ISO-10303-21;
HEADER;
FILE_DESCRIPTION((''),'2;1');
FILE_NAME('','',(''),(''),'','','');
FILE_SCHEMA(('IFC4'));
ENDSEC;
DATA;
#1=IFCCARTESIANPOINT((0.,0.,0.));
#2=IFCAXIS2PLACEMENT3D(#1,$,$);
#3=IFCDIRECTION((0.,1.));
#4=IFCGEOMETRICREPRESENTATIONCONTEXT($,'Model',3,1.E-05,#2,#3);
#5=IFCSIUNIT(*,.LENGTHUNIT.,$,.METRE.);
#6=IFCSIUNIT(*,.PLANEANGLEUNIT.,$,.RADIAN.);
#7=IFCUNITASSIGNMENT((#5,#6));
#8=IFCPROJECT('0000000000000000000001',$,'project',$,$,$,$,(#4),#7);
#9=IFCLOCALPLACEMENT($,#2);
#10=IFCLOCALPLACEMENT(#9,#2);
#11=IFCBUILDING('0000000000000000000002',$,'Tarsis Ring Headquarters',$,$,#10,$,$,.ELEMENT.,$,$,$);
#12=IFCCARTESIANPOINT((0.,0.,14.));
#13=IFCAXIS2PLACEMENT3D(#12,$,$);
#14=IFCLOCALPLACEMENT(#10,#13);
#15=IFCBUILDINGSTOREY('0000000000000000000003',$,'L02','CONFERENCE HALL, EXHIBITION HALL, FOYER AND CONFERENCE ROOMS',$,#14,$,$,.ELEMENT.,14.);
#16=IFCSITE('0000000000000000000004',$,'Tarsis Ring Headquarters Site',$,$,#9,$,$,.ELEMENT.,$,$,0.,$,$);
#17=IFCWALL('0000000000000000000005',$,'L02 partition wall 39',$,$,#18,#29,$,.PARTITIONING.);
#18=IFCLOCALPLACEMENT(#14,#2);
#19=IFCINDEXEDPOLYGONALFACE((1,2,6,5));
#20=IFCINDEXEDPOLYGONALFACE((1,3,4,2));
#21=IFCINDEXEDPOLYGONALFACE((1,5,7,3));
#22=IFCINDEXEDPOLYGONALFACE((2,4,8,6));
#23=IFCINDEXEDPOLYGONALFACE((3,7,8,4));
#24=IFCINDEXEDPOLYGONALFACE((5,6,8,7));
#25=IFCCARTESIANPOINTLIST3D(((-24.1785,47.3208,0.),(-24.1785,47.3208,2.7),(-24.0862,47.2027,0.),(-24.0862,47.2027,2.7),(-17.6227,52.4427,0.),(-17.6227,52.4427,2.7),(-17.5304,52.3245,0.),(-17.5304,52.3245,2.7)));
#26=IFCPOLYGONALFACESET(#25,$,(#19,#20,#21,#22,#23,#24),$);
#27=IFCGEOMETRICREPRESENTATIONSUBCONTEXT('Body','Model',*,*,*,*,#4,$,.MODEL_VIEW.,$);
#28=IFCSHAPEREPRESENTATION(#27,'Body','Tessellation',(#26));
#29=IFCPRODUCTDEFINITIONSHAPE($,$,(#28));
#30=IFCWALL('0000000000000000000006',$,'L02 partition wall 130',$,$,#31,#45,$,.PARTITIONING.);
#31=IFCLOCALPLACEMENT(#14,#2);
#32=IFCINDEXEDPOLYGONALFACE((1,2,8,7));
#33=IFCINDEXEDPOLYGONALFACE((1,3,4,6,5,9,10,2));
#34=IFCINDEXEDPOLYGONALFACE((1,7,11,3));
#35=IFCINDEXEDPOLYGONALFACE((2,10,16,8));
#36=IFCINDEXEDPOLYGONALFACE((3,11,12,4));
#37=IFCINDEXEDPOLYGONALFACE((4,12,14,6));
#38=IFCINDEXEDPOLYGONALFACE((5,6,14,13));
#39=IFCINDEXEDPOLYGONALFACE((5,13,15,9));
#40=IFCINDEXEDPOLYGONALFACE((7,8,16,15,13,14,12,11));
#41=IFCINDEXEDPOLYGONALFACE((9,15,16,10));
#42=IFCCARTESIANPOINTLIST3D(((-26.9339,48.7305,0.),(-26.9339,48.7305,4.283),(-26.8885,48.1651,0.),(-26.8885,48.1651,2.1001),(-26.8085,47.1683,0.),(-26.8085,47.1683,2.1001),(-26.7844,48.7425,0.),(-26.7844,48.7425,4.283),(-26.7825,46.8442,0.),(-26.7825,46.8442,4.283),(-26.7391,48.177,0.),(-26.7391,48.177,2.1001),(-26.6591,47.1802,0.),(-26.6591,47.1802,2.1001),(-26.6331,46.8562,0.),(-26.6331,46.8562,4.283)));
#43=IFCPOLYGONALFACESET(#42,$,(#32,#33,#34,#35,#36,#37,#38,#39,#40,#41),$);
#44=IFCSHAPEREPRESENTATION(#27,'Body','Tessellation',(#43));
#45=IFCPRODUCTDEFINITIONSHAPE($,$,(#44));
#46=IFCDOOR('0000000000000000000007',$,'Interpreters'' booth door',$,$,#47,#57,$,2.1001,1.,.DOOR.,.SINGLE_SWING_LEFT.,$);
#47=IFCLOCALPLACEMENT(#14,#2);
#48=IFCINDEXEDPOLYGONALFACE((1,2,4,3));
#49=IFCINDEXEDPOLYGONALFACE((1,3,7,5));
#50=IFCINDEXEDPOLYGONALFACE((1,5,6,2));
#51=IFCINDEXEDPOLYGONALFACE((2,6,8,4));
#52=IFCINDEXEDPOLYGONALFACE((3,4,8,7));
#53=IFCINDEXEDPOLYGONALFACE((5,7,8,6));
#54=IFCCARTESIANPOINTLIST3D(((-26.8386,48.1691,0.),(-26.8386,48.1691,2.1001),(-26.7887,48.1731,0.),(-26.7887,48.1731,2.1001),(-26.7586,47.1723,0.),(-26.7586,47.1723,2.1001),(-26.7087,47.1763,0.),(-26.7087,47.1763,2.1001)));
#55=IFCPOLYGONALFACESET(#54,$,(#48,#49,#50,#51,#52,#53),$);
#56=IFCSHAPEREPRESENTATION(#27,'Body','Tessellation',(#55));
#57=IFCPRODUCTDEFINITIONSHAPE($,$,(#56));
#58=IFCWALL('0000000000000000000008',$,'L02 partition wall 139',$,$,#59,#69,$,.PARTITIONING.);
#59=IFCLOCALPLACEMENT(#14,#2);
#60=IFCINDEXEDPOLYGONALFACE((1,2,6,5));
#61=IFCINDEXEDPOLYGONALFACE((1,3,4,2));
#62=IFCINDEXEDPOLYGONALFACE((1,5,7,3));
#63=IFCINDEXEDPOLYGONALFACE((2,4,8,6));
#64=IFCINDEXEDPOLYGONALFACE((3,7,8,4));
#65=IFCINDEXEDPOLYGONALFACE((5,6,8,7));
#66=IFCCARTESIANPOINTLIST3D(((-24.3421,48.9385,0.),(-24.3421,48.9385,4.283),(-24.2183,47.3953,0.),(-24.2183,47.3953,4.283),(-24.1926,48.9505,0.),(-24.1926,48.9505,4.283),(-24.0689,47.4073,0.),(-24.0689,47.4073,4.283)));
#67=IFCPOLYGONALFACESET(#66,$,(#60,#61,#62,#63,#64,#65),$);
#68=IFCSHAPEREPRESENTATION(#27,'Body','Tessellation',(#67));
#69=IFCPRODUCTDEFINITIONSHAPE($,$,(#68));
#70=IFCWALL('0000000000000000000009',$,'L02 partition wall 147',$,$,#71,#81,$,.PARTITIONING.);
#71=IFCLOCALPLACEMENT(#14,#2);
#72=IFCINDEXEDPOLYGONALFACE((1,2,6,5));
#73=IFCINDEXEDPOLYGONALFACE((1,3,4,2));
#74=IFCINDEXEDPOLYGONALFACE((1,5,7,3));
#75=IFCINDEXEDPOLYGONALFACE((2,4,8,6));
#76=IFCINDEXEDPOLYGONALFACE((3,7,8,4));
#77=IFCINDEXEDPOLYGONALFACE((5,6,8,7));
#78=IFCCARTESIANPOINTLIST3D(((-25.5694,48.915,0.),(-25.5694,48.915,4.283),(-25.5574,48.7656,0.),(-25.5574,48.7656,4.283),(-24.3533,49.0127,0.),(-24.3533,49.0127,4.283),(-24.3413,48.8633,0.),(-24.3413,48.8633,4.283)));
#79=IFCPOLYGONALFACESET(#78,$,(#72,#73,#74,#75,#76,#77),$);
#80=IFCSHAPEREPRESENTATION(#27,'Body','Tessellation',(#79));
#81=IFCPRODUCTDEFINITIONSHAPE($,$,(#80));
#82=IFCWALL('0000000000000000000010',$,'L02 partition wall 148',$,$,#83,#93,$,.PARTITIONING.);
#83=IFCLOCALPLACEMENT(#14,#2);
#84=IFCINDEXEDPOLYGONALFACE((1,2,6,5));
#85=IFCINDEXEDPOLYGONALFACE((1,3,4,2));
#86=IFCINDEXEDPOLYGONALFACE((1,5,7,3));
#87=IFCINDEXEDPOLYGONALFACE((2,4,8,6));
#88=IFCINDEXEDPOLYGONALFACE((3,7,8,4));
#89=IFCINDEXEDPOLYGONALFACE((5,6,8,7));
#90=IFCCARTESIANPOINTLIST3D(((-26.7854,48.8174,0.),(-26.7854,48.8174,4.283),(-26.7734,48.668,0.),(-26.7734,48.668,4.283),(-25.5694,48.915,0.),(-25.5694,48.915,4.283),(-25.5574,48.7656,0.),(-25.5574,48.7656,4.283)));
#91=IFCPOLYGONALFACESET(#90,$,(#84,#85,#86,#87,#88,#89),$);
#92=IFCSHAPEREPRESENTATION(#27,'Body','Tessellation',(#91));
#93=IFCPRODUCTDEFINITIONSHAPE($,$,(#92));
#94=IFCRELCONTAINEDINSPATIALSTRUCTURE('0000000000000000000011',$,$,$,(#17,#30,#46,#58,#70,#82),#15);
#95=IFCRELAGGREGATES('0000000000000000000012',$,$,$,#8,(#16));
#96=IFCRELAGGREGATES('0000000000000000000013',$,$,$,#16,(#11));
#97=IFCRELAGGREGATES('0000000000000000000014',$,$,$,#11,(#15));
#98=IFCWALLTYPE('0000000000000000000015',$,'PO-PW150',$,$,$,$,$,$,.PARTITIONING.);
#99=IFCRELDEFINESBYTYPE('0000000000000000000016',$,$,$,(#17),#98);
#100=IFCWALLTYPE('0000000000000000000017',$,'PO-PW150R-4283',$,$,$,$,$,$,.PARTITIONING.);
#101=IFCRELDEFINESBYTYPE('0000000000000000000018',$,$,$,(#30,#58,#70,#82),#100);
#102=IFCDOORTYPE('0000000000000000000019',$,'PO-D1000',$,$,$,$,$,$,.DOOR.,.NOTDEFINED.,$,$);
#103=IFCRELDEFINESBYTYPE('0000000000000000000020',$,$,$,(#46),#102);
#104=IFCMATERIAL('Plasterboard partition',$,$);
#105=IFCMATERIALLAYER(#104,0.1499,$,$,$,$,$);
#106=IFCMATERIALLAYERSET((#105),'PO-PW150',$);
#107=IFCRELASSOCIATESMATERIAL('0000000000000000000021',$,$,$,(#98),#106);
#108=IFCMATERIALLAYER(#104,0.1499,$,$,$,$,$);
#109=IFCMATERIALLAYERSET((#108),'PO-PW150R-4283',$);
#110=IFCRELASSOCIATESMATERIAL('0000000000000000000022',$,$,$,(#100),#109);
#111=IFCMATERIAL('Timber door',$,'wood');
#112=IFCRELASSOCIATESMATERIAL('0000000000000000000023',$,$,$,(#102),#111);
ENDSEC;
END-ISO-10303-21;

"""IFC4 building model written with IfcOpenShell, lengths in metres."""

from ifc_helpers import new_model, si_unit, direction, frame, frame_2d, origin, place, context, subcontext, project, spatial, rectangle, extrude, material, layer, layer_set, type_object, element, fill, save


model = new_model("IFC4")

# Units and contexts
model_context = context("Model", 3, precision=1e-05, world=origin(), true_north=direction((0.0, 1.0)))
body_context = subcontext(model_context, "Body", "Model", "MODEL_VIEW")
ifc_project = project(units=[si_unit("LENGTHUNIT", "METRE"), si_unit("PLANEANGLEUNIT", "RADIAN")], contexts=[model_context])

# Site, building, storey
site_placement = place(None, origin())
site = spatial("IfcSite", under=ifc_project, at=site_placement, Name="Tarsis Ring Headquarters Site", CompositionType="ELEMENT", RefElevation=0.0)
building_placement = place(site_placement, origin())
building = spatial("IfcBuilding", under=site, at=building_placement, Name="Tarsis Ring Headquarters", CompositionType="ELEMENT")
storey_placement = place(building_placement, frame((0.0, 0.0, 14.0)))
storey = spatial("IfcBuildingStorey", under=building, at=storey_placement, Name="L02", Description="CONFERENCE HALL, EXHIBITION HALL, FOYER AND CONFERENCE ROOMS", CompositionType="ELEMENT", Elevation=14.0)

# Wall
ifc_material_1 = material(Name="Plasterboard partition")
ifc_layer_1 = layer(ifc_material_1, 0.1499)
ifc_layer_set_1 = layer_set([ifc_layer_1], Name="PO-PW150")
wall_type_1 = type_object("IfcWallType", Name="PO-PW150", PredefinedType="PARTITIONING", material=ifc_layer_set_1)
wall_1_placement = place(storey_placement, frame((-24.1323, 47.2617, 0.0), z_axis=(0.0, 0.0, 1.0), x_axis=(0.788012, 0.61566, 0.0)))
element("IfcWall", 1, at=wall_1_placement, inside=storey, type_object=wall_type_1, Name="L02 partition wall 39", PredefinedType="PARTITIONING", context=body_context, shape_type="SweptSolid", body=[
    extrude(rectangle(XDim=8.3193, YDim=0.1499, at=frame_2d((4.1597, 0.0))), origin(), (0.0, 0.0, 1.0), 2.7),
])

# Wall, opening, door
ifc_layer_2 = layer(ifc_material_1, 0.1499)
ifc_layer_set_2 = layer_set([ifc_layer_2], Name="PO-PW150R-4283")
wall_type_2 = type_object("IfcWallType", Name="PO-PW150R-4283", PredefinedType="PARTITIONING", material=ifc_layer_set_2)
wall_2_placement = place(storey_placement, frame((-26.7078, 46.8501, 0.0), z_axis=(0.0, 0.0, 1.0), x_axis=(-0.079991, 0.996796, 0.0)))
wall_2 = element("IfcWall", 2, at=wall_2_placement, inside=storey, type_object=wall_type_2, Name="L02 partition wall 130", PredefinedType="PARTITIONING", context=body_context, shape_type="SweptSolid", body=[
    extrude(rectangle(XDim=1.8923, YDim=0.1499, at=frame_2d((0.9463, 0.0))), origin(), (0.0, 0.0, 1.0), 4.283),
])
opening_1_placement = place(wall_2_placement, frame((0.3252, 0.0, 0.0)))
opening_1 = element("IfcOpeningElement", 3, at=opening_1_placement, cuts=wall_2, PredefinedType="OPENING", context=body_context, shape_type="SweptSolid", body=[
    extrude(rectangle(XDim=1.0, YDim=2.1001, at=frame_2d((0.5, 1.05))), frame((0.0, 0.085, 0.0), z_axis=(0.0, -1.0, 0.0), x_axis=(1.0, 0.0, 0.0)), (0.0, 0.0, 1.0), 0.1699),
])
ifc_material_2 = material(Name="Timber door", Category="wood")
door_type = type_object("IfcDoorType", Name="PO-D1000", OperationType="NOTDEFINED", PredefinedType="DOOR", material=ifc_material_2)
door_placement = place(opening_1_placement, origin())
door = element("IfcDoor", 4, at=door_placement, inside=storey, type_object=door_type, Name="Interpreters' booth door", OperationType="SINGLE_SWING_LEFT", OverallHeight=2.1001, OverallWidth=1.0, PredefinedType="DOOR", context=body_context, shape_type="SweptSolid", body=[
    extrude(rectangle(XDim=1.0, YDim=2.1001, at=frame_2d((0.5, 1.05))), frame((0.0, 0.0249, 0.0), z_axis=(0.0, -1.0, 0.0), x_axis=(1.0, 0.0, 0.0)), (0.0, 0.0, 1.0), 0.05),
])
fill(opening_1, door)

# Walls
wall_3_placement = place(storey_placement, frame((-24.2673, 48.9443, 0.0), z_axis=(0.0, 0.0, 1.0), x_axis=(0.079952, -0.996799, 0.0)))
element("IfcWall", 5, at=wall_3_placement, inside=storey, type_object=wall_type_2, Name="L02 partition wall 139", PredefinedType="PARTITIONING", context=body_context, shape_type="SweptSolid", body=[
    extrude(rectangle(XDim=1.5481, YDim=0.1499, at=frame_2d((0.7739, 0.0))), origin(), (0.0, 0.0, 1.0), 4.283),
])
for number, where, z_axis, x_axis, name in (
    (6, (-25.5632, 48.8403, 0.0), (0.0, 0.0, 1.0), (0.996791, 0.080047, 0.0), "L02 partition wall 147"),
    (7, (-26.7793, 48.7427, 0.0), (0.0, 0.0, 1.0), (0.996791, 0.080047, 0.0), "L02 partition wall 148"),
):
    element("IfcWall", number, at=place(storey_placement, frame(where, z_axis=z_axis, x_axis=x_axis)), inside=storey, type_object=wall_type_2, Name=name, PredefinedType="PARTITIONING", context=body_context, shape_type="SweptSolid", body=[
        extrude(rectangle(XDim=1.22, YDim=0.1499, at=frame_2d((0.6099, 0.0))), origin(), (0.0, 0.0, 1.0), 4.283),
    ])

save(model, "model.ifc")
